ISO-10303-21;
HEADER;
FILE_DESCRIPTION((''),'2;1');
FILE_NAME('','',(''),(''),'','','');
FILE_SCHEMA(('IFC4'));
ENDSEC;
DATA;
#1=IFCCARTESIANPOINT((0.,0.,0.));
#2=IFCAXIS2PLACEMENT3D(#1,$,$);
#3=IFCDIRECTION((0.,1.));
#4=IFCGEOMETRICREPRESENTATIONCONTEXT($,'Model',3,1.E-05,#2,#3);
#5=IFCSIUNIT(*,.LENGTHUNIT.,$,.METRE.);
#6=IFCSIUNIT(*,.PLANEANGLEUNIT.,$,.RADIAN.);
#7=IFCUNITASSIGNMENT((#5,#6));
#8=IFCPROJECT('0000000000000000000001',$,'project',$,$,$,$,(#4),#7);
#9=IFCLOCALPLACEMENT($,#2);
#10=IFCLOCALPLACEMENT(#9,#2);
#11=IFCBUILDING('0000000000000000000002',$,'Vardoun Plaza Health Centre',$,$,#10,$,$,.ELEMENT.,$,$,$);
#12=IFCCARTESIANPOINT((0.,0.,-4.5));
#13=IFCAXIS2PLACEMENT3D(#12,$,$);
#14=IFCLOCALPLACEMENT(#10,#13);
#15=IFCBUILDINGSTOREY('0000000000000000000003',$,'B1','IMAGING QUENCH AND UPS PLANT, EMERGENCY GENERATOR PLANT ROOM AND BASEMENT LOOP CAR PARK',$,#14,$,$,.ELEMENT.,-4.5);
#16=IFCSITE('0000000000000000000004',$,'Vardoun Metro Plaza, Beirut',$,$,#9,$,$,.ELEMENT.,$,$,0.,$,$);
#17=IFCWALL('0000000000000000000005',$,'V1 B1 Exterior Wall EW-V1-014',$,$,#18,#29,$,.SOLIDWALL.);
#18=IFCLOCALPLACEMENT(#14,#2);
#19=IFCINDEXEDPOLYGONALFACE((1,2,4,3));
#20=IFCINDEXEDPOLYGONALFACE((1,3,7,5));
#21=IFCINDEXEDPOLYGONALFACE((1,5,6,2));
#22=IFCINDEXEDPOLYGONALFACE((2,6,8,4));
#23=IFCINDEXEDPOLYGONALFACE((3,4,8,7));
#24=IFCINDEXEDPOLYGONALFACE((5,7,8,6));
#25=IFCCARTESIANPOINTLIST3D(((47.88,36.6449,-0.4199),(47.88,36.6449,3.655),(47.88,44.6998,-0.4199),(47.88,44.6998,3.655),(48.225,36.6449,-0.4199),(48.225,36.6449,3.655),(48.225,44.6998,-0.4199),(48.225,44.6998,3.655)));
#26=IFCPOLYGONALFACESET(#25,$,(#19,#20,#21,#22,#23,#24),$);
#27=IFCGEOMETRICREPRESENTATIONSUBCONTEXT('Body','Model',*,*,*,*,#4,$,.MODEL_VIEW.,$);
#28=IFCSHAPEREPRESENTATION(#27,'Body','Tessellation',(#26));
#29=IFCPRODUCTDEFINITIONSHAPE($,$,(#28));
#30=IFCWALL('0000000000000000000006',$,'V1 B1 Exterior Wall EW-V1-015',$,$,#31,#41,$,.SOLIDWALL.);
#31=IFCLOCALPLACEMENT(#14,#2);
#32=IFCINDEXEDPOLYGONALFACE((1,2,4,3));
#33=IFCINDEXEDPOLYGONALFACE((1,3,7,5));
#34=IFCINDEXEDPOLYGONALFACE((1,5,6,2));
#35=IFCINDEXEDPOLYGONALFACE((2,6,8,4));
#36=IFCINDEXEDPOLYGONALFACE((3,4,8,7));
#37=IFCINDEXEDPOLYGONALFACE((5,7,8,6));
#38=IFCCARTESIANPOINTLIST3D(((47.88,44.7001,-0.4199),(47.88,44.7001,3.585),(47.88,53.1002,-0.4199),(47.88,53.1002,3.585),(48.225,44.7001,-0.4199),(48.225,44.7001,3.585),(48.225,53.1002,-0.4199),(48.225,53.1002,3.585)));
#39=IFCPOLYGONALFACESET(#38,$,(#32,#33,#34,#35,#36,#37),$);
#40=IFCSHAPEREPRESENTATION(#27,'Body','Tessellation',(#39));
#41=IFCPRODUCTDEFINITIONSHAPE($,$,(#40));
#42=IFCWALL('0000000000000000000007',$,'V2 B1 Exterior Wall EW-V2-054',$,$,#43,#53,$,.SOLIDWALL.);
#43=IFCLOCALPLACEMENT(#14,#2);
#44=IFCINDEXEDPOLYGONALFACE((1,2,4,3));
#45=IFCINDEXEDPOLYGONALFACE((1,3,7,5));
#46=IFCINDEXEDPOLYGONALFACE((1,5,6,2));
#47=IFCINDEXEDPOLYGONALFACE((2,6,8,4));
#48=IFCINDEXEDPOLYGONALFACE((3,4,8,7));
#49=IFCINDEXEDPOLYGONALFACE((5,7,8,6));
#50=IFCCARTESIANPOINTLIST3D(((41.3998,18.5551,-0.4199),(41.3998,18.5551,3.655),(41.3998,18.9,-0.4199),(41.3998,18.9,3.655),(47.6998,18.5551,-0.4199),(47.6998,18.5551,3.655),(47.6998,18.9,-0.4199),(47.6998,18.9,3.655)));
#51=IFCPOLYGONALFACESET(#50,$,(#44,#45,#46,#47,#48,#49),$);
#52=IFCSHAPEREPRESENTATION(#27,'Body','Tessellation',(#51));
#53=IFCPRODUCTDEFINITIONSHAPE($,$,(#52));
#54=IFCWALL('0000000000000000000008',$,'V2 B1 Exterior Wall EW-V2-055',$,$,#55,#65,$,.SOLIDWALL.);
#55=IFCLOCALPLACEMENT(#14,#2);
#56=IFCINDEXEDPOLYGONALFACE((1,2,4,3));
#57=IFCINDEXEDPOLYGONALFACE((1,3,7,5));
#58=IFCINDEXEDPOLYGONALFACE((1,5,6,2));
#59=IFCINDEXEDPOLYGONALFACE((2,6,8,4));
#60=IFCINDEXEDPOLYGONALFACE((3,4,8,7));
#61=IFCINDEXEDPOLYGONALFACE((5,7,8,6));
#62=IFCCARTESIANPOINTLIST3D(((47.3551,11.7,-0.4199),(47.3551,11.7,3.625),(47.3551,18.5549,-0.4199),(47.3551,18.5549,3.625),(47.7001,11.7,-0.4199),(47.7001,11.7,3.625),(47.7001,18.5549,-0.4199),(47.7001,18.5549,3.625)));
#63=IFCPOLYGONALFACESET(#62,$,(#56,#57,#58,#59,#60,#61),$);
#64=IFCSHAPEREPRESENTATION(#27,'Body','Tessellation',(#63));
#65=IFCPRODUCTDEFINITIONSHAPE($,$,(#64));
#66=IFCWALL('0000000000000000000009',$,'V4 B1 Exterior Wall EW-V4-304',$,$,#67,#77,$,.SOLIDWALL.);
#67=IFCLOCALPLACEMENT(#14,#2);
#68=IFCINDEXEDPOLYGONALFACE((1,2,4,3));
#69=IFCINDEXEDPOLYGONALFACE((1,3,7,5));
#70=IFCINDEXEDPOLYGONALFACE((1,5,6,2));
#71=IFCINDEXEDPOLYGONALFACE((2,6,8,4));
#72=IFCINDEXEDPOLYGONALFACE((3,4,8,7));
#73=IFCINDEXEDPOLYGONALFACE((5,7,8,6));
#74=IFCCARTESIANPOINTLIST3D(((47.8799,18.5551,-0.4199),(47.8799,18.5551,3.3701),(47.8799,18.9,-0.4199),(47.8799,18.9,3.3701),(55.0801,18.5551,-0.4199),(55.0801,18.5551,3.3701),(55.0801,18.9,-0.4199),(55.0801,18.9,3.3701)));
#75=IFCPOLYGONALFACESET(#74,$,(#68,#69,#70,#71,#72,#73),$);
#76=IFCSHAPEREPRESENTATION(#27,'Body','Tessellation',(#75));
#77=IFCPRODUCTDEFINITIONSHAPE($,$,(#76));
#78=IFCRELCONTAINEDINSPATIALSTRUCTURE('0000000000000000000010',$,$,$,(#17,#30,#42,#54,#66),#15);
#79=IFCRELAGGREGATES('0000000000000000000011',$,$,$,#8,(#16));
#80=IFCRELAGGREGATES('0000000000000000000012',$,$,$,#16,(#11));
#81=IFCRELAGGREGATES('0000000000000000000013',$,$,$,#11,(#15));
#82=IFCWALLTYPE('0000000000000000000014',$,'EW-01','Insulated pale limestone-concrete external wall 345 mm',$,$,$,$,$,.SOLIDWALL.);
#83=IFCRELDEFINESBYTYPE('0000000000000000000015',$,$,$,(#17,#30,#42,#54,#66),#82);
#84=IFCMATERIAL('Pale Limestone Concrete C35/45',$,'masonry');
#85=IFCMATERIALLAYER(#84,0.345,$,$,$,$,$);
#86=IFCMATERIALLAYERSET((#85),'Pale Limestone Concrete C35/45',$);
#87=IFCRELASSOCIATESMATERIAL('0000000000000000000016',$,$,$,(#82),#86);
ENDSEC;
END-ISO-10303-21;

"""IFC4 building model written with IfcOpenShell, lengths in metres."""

from ifc_helpers import new_model, si_unit, direction, frame, frame_2d, origin, place, context, subcontext, project, spatial, rectangle, extrude, material, layer, layer_set, type_object, element, save


model = new_model("IFC4")

# Units and contexts
model_context = context("Model", 3, precision=1e-05, world=origin(), true_north=direction((0.0, 1.0)))
body_context = subcontext(model_context, "Body", "Model", "MODEL_VIEW")
ifc_project = project(units=[si_unit("LENGTHUNIT", "METRE"), si_unit("PLANEANGLEUNIT", "RADIAN")], contexts=[model_context])

# Site, building, storey
site_placement = place(None, origin())
site = spatial("IfcSite", under=ifc_project, at=site_placement, Name="Vardoun Metro Plaza, Beirut", CompositionType="ELEMENT", RefElevation=0.0)
building_placement = place(site_placement, origin())
building = spatial("IfcBuilding", under=site, at=building_placement, Name="Vardoun Plaza Health Centre", CompositionType="ELEMENT")
storey_placement = place(building_placement, frame((0.0, 0.0, -4.5)))
storey = spatial("IfcBuildingStorey", under=building, at=storey_placement, Name="B1", Description="IMAGING QUENCH AND UPS PLANT, EMERGENCY GENERATOR PLANT ROOM AND BASEMENT LOOP CAR PARK", CompositionType="ELEMENT", Elevation=-4.5)

# Walls
ifc_material_1 = material(Name="Pale Limestone Concrete C35/45", Category="masonry")
ifc_layer_1 = layer(ifc_material_1, 0.345)
ifc_layer_set_1 = layer_set([ifc_layer_1], Name="Pale Limestone Concrete C35/45")
wall_type_1 = type_object("IfcWallType", Name="EW-01", Description="Insulated pale limestone-concrete external wall 345 mm", PredefinedType="SOLIDWALL", material=ifc_layer_set_1)
wall_1_placement = place(storey_placement, frame((48.0525, 36.645, -0.4199), z_axis=(0.0, 0.0, 1.0), x_axis=(0.0, 1.0, 0.0)))
element("IfcWall", 1, at=wall_1_placement, inside=storey, type_object=wall_type_1, Name="V1 B1 Exterior Wall EW-V1-014", PredefinedType="SOLIDWALL", context=body_context, shape_type="SweptSolid", body=[
    extrude(rectangle(XDim=8.0549, YDim=0.345, at=frame_2d((4.0273, 0.0))), origin(), (0.0, 0.0, 1.0), 4.075),
])
wall_2_placement = place(storey_placement, frame((48.0525, 44.7, -0.4199), z_axis=(0.0, 0.0, 1.0), x_axis=(0.0, 1.0, 0.0)))
element("IfcWall", 2, at=wall_2_placement, inside=storey, type_object=wall_type_1, Name="V1 B1 Exterior Wall EW-V1-015", PredefinedType="SOLIDWALL", context=body_context, shape_type="SweptSolid", body=[
    extrude(rectangle(XDim=8.4001, YDim=0.345, at=frame_2d((4.2002, 0.0))), origin(), (0.0, 0.0, 1.0), 4.0049),
])
wall_3_placement = place(storey_placement, frame((41.3999, 18.7275, -0.4199), z_axis=(0.0, 0.0, 1.0), x_axis=(1.0, 0.0, 0.0)))
element("IfcWall", 3, at=wall_3_placement, inside=storey, type_object=wall_type_1, Name="V2 B1 Exterior Wall EW-V2-054", PredefinedType="SOLIDWALL", context=body_context, shape_type="SweptSolid", body=[
    extrude(rectangle(XDim=6.3, YDim=0.345, at=frame_2d((3.1499, 0.0))), origin(), (0.0, 0.0, 1.0), 4.075),
])
wall_4_placement = place(storey_placement, frame((47.5276, 18.5549, -0.4199), z_axis=(0.0, 0.0, 1.0), x_axis=(0.0, -1.0, 0.0)))
element("IfcWall", 4, at=wall_4_placement, inside=storey, type_object=wall_type_1, Name="V2 B1 Exterior Wall EW-V2-055", PredefinedType="SOLIDWALL", context=body_context, shape_type="SweptSolid", body=[
    extrude(rectangle(XDim=6.855, YDim=0.345, at=frame_2d((3.4275, 0.0))), origin(), (0.0, 0.0, 1.0), 4.0449),
])
wall_5_placement = place(storey_placement, frame((47.8799, 18.7275, -0.4199), z_axis=(0.0, 0.0, 1.0), x_axis=(1.0, 0.0, 0.0)))
element("IfcWall", 5, at=wall_5_placement, inside=storey, type_object=wall_type_1, Name="V4 B1 Exterior Wall EW-V4-304", PredefinedType="SOLIDWALL", context=body_context, shape_type="SweptSolid", body=[
    extrude(rectangle(XDim=7.2002, YDim=0.345, at=frame_2d((3.6001, 0.0))), origin(), (0.0, 0.0, 1.0), 3.79),
])

save(model, "model.ifc")
